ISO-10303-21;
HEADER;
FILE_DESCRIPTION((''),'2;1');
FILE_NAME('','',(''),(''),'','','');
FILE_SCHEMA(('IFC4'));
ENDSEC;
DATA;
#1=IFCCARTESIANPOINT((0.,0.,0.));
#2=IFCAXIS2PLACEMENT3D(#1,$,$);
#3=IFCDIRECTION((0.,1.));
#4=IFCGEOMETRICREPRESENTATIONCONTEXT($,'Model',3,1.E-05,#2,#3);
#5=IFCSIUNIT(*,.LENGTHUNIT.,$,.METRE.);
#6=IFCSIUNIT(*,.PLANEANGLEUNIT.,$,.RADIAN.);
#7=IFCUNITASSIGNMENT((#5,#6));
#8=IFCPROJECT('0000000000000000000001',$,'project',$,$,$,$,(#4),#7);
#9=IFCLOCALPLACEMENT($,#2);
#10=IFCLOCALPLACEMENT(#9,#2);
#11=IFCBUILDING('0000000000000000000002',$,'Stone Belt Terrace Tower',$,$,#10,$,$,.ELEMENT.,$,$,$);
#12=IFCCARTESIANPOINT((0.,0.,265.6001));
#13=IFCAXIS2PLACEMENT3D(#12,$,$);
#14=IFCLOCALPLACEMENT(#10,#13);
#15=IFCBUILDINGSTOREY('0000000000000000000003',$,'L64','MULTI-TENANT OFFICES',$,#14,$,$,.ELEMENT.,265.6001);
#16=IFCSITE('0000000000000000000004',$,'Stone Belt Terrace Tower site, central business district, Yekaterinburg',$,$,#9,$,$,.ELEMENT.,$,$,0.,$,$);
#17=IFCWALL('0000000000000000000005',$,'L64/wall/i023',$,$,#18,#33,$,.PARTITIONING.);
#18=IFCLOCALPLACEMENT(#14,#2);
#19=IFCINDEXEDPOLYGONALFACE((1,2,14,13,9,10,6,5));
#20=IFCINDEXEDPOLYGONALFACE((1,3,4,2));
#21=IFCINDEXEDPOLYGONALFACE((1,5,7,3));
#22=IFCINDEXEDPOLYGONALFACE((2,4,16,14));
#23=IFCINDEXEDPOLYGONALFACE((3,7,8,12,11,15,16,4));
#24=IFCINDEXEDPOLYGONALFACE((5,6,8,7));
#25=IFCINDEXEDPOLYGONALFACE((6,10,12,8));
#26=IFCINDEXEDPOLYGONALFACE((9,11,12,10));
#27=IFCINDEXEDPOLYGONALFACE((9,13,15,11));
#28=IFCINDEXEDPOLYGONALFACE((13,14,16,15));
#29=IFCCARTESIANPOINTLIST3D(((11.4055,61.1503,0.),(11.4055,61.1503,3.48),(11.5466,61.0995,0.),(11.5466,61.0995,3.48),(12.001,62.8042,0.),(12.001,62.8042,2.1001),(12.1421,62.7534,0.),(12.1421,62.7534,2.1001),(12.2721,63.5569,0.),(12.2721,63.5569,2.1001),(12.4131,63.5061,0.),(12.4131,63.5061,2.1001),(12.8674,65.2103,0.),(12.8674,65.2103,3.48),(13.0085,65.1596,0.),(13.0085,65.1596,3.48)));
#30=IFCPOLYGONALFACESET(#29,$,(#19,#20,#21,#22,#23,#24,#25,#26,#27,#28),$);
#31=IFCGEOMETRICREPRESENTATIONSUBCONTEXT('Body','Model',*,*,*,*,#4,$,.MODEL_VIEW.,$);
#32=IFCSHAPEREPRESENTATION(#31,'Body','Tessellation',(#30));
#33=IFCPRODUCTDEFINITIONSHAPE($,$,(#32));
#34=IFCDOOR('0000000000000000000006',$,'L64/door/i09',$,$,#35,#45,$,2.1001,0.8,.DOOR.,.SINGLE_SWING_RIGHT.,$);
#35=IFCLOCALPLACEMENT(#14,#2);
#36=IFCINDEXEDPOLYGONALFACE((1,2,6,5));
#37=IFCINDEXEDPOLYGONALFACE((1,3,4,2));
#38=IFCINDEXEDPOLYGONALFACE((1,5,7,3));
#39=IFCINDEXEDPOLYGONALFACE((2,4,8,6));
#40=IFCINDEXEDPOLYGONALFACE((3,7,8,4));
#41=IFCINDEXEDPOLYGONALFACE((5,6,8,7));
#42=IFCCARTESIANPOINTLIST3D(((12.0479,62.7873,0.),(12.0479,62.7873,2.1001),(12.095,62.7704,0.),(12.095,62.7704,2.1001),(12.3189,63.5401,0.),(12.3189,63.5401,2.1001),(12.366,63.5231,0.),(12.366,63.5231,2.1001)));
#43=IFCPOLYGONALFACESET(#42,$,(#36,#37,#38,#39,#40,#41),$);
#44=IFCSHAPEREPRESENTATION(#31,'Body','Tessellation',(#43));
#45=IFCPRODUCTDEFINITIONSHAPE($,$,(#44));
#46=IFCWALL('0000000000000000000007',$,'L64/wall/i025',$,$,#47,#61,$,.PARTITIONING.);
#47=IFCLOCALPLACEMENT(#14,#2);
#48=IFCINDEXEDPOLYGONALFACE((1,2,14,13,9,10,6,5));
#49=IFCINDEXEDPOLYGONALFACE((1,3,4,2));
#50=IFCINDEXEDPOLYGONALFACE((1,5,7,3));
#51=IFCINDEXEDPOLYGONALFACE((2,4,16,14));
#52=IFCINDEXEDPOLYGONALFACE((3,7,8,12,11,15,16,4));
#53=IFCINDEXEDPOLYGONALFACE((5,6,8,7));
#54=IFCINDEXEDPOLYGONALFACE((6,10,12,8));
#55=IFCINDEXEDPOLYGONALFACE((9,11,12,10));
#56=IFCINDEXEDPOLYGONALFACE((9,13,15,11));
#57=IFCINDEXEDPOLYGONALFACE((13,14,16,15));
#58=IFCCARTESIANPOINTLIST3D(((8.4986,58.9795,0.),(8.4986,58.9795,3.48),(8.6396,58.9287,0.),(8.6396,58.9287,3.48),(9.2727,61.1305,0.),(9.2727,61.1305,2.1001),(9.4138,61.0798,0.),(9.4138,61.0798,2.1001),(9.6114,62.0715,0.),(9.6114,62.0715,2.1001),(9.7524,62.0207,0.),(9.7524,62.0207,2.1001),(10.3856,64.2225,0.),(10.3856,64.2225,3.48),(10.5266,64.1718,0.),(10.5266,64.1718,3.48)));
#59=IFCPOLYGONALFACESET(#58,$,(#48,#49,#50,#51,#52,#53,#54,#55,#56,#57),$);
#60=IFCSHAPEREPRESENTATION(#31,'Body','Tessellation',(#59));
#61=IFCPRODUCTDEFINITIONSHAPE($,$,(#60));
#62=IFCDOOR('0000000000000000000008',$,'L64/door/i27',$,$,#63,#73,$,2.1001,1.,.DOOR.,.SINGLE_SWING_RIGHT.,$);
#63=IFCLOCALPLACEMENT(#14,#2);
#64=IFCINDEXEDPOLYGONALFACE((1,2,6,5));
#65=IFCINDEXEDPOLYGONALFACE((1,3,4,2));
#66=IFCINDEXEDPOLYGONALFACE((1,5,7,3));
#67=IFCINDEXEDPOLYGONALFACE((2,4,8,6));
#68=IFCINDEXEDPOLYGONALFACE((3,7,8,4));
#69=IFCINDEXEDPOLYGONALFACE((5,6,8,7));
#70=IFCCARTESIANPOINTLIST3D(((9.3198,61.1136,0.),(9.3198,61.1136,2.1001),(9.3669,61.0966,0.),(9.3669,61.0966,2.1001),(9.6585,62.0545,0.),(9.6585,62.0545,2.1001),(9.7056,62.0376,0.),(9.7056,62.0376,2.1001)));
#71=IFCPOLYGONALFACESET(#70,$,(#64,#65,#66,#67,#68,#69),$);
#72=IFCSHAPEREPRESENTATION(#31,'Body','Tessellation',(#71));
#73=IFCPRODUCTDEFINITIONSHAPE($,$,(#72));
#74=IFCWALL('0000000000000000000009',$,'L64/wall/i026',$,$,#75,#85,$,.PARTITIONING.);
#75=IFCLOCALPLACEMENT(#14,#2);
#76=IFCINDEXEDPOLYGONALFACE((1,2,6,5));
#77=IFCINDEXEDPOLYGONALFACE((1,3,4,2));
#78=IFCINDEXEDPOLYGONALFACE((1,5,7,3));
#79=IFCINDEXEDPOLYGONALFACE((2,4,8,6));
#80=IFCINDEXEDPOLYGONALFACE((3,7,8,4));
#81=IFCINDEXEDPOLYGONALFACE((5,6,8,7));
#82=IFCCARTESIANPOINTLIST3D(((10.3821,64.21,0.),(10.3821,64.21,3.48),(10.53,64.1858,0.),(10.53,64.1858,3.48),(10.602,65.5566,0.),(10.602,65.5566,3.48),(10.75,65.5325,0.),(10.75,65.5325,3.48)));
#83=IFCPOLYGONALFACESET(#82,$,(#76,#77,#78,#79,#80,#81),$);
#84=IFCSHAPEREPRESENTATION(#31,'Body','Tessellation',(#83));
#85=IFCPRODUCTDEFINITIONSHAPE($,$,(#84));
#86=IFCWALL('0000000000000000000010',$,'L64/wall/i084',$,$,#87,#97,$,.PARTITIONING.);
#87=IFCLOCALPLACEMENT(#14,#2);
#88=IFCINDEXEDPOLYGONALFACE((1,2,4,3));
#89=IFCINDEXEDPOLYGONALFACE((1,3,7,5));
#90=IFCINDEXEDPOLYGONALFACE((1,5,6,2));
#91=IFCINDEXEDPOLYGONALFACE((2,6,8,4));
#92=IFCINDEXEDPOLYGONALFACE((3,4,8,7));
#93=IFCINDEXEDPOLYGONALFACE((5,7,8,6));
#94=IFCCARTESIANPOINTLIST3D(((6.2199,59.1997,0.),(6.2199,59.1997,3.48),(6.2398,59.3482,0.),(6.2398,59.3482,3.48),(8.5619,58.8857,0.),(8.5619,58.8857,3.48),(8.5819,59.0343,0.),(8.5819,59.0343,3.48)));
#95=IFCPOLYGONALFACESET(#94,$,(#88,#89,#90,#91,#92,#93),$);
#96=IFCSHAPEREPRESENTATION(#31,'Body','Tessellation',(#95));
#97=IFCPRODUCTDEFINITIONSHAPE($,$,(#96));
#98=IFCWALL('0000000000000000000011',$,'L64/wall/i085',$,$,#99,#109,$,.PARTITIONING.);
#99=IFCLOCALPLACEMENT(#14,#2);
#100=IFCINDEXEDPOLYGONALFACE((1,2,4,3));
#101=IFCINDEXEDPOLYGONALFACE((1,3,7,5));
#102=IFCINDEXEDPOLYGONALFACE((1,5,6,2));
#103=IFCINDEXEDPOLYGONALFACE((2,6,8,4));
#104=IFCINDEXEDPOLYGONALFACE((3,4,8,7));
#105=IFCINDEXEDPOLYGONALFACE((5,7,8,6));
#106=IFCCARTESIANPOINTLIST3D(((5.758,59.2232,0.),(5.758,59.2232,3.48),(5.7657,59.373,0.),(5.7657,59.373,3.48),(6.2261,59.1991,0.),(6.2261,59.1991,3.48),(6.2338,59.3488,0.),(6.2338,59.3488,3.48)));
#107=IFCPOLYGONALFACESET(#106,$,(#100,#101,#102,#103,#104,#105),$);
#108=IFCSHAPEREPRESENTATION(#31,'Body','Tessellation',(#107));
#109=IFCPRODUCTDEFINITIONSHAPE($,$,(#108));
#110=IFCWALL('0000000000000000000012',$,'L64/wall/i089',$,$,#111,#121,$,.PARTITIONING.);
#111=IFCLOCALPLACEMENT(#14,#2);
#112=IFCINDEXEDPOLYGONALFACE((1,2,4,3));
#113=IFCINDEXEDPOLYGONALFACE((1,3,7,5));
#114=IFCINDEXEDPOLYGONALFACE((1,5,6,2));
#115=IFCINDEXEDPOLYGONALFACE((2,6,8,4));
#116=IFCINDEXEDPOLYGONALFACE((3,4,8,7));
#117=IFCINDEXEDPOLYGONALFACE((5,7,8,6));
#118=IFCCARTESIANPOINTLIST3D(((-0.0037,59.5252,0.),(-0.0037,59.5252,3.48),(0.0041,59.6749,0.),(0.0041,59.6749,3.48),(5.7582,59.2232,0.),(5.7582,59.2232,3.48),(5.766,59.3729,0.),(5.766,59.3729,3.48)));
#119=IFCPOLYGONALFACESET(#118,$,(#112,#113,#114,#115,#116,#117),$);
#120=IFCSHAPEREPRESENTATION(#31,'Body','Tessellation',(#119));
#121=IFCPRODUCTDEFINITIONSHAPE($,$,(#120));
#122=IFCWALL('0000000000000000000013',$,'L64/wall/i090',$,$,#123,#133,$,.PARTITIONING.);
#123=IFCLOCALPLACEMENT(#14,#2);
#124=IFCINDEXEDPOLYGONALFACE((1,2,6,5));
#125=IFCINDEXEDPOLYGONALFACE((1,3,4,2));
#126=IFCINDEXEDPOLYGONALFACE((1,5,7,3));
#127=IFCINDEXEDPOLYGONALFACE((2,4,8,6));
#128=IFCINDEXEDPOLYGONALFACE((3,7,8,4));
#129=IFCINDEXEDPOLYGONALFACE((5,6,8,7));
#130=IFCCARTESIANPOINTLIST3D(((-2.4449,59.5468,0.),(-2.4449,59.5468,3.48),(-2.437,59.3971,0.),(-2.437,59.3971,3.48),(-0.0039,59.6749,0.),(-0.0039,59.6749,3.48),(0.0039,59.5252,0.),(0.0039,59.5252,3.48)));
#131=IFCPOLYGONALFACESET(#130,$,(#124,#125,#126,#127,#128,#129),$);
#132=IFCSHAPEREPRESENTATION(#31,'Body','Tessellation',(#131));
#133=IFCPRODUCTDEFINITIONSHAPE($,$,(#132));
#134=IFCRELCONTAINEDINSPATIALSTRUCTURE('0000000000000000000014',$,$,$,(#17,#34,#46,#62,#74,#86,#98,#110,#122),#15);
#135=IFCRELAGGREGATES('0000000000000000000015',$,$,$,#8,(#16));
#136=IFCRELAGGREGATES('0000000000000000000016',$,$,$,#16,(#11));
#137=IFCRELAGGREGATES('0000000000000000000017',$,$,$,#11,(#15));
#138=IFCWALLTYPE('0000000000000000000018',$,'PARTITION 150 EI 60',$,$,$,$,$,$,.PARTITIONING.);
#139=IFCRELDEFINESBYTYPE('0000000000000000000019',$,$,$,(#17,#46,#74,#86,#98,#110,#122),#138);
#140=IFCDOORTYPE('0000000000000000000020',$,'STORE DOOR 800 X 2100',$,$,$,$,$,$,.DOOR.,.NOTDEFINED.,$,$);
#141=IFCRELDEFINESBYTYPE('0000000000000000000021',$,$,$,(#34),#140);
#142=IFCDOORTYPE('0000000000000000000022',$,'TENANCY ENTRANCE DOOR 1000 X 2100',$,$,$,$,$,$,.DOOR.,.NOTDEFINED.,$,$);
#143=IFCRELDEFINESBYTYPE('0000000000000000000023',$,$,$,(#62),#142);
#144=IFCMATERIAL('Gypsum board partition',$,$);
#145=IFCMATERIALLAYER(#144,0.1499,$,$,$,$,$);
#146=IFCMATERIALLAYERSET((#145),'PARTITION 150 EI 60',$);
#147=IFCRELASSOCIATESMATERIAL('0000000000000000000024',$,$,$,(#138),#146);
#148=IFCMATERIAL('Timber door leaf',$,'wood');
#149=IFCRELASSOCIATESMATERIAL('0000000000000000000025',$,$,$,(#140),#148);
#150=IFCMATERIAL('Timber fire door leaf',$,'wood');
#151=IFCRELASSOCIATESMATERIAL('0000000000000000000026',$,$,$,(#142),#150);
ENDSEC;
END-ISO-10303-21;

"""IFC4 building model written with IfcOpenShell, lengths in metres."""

from ifc_helpers import new_model, si_unit, direction, frame, frame_2d, origin, place, context, subcontext, project, spatial, rectangle, extrude, material, layer, layer_set, type_object, element, fill, save


model = new_model("IFC4")

# Units and contexts
model_context = context("Model", 3, precision=1e-05, world=origin(), true_north=direction((0.0, 1.0)))
body_context = subcontext(model_context, "Body", "Model", "MODEL_VIEW")
ifc_project = project(units=[si_unit("LENGTHUNIT", "METRE"), si_unit("PLANEANGLEUNIT", "RADIAN")], contexts=[model_context])

# Site, building, storey
site_placement = place(None, origin())
site = spatial("IfcSite", under=ifc_project, at=site_placement, Name="Stone Belt Terrace Tower site, central business district, Yekaterinburg", CompositionType="ELEMENT", RefElevation=0.0)
building_placement = place(site_placement, origin())
building = spatial("IfcBuilding", under=site, at=building_placement, Name="Stone Belt Terrace Tower", CompositionType="ELEMENT")
storey_placement = place(building_placement, frame((0.0, 0.0, 265.6001)))
storey = spatial("IfcBuildingStorey", under=building, at=storey_placement, Name="L64", Description="MULTI-TENANT OFFICES", CompositionType="ELEMENT", Elevation=265.6001)

# Shared definitions
ifc_material_1 = material(Name="Gypsum board partition")

# Shared definitions
ifc_material_2 = material(Name="Timber door leaf", Category="wood")

# Walls, openings, doors
ifc_layer_1 = layer(ifc_material_1, 0.1499)
ifc_layer_set_1 = layer_set([ifc_layer_1], Name="PARTITION 150 EI 60")
wall_type_1 = type_object("IfcWallType", Name="PARTITION 150 EI 60", PredefinedType="PARTITIONING", material=ifc_layer_set_1)
wall_1_placement = place(storey_placement, frame((12.938, 65.1851, 0.0), z_axis=(0.0, 0.0, 1.0), x_axis=(-0.33878, -0.940866, 0.0)))
wall_1 = element("IfcWall", 1, at=wall_1_placement, inside=storey, type_object=wall_type_1, Name="L64/wall/i023", PredefinedType="PARTITIONING", context=body_context, shape_type="SweptSolid", body=[
    extrude(rectangle(XDim=4.3152, YDim=0.1499, at=frame_2d((2.1577, 0.0))), origin(), (0.0, 0.0, 1.0), 3.48),
])
opening_1_placement = place(wall_1_placement, frame((1.7576, 0.0, 0.0)))
opening_1 = element("IfcOpeningElement", 2, at=opening_1_placement, cuts=wall_1, PredefinedType="OPENING", context=body_context, shape_type="SweptSolid", body=[
    extrude(rectangle(XDim=0.8, YDim=2.1001, at=frame_2d((0.3999, 1.05))), frame((0.0, 0.085, 0.0), z_axis=(0.0, -1.0, 0.0), x_axis=(1.0, 0.0, 0.0)), (0.0, 0.0, 1.0), 0.1699),
])
door_type_1 = type_object("IfcDoorType", Name="STORE DOOR 800 X 2100", OperationType="NOTDEFINED", PredefinedType="DOOR", material=ifc_material_2)
door_1_placement = place(opening_1_placement, origin())
door_1 = element("IfcDoor", 3, at=door_1_placement, inside=storey, type_object=door_type_1, Name="L64/door/i09", OperationType="SINGLE_SWING_RIGHT", OverallHeight=2.1001, OverallWidth=0.8, PredefinedType="DOOR", context=body_context, shape_type="SweptSolid", body=[
    extrude(rectangle(XDim=0.8, YDim=2.1001, at=frame_2d((0.3999, 1.05))), frame((0.0, 0.0249, 0.0), z_axis=(0.0, -1.0, 0.0), x_axis=(1.0, 0.0, 0.0)), (0.0, 0.0, 1.0), 0.05),
])
fill(opening_1, door_1)
wall_2_placement = place(storey_placement, frame((8.5691, 58.9541, 0.0), z_axis=(0.0, 0.0, 1.0), x_axis=(0.338642, 0.940915, 0.0)))
wall_2 = element("IfcWall", 4, at=wall_2_placement, inside=storey, type_object=wall_type_1, Name="L64/wall/i025", PredefinedType="PARTITIONING", context=body_context, shape_type="SweptSolid", body=[
    extrude(rectangle(XDim=5.5723, YDim=0.1499, at=frame_2d((2.7861, 0.0))), origin(), (0.0, 0.0, 1.0), 3.48),
])
opening_2_placement = place(wall_2_placement, frame((2.2861, 0.0, 0.0)))
opening_2 = element("IfcOpeningElement", 5, at=opening_2_placement, cuts=wall_2, PredefinedType="OPENING", context=body_context, shape_type="SweptSolid", body=[
    extrude(rectangle(XDim=1.0, YDim=2.1001, at=frame_2d((0.5, 1.05))), frame((0.0, 0.085, 0.0), z_axis=(0.0, -1.0, 0.0), x_axis=(1.0, 0.0, 0.0)), (0.0, 0.0, 1.0), 0.1699),
])
ifc_material_3 = material(Name="Timber fire door leaf", Category="wood")
door_type_2 = type_object("IfcDoorType", Name="TENANCY ENTRANCE DOOR 1000 X 2100", OperationType="NOTDEFINED", PredefinedType="DOOR", material=ifc_material_3)
door_2_placement = place(opening_2_placement, origin())
door_2 = element("IfcDoor", 6, at=door_2_placement, inside=storey, type_object=door_type_2, Name="L64/door/i27", OperationType="SINGLE_SWING_RIGHT", OverallHeight=2.1001, OverallWidth=1.0, PredefinedType="DOOR", context=body_context, shape_type="SweptSolid", body=[
    extrude(rectangle(XDim=1.0, YDim=2.1001, at=frame_2d((0.5, 1.05))), frame((0.0, 0.0249, 0.0), z_axis=(0.0, -1.0, 0.0), x_axis=(1.0, 0.0, 0.0)), (0.0, 0.0, 1.0), 0.05),
])
fill(opening_2, door_2)

# Walls
wall_3_placement = place(storey_placement, frame((10.4561, 64.198, 0.0), z_axis=(0.0, 0.0, 1.0), x_axis=(0.161207, 0.986921, 0.0)))
element("IfcWall", 7, at=wall_3_placement, inside=storey, type_object=wall_type_1, Name="L64/wall/i026", PredefinedType="PARTITIONING", context=body_context, shape_type="SweptSolid", body=[
    extrude(rectangle(XDim=1.3645, YDim=0.1499, at=frame_2d((0.6821, 0.0))), origin(), (0.0, 0.0, 1.0), 3.48),
])
wall_4_placement = place(storey_placement, frame((8.572, 58.96, 0.0), z_axis=(0.0, 0.0, 1.0), x_axis=(-0.991134, 0.132868, 0.0)))
element("IfcWall", 8, at=wall_4_placement, inside=storey, type_object=wall_type_1, Name="L64/wall/i084", PredefinedType="PARTITIONING", context=body_context, shape_type="SweptSolid", body=[
    extrude(rectangle(XDim=2.363, YDim=0.1499, at=frame_2d((1.1816, 0.0))), origin(), (0.0, 0.0, 1.0), 3.48),
])
wall_5_placement = place(storey_placement, frame((6.23, 59.2739, 0.0), z_axis=(0.0, 0.0, 1.0), x_axis=(-0.998669, 0.051574, 0.0)))
element("IfcWall", 9, at=wall_5_placement, inside=storey, type_object=wall_type_1, Name="L64/wall/i085", PredefinedType="PARTITIONING", context=body_context, shape_type="SweptSolid", body=[
    extrude(rectangle(XDim=0.4688, YDim=0.1499, at=frame_2d((0.2344, 0.0))), origin(), (0.0, 0.0, 1.0), 3.48),
])
wall_6_placement = place(storey_placement, frame((5.762, 59.2981, 0.0), z_axis=(0.0, 0.0, 1.0), x_axis=(-0.998629, 0.052341, 0.0)))
element("IfcWall", 10, at=wall_6_placement, inside=storey, type_object=wall_type_1, Name="L64/wall/i089", PredefinedType="PARTITIONING", context=body_context, shape_type="SweptSolid", body=[
    extrude(rectangle(XDim=5.7698, YDim=0.1499, at=frame_2d((2.8848, 0.0))), origin(), (0.0, 0.0, 1.0), 3.48),
])
wall_7_placement = place(storey_placement, frame((0.0, 59.6001, 0.0), z_axis=(0.0, 0.0, 1.0), x_axis=(-0.998624, -0.052438, 0.0)))
element("IfcWall", 11, at=wall_7_placement, inside=storey, type_object=wall_type_1, Name="L64/wall/i090", PredefinedType="PARTITIONING", context=body_context, shape_type="SweptSolid", body=[
    extrude(rectangle(XDim=2.4443, YDim=0.1499, at=frame_2d((1.2222, 0.0))), origin(), (0.0, 0.0, 1.0), 3.48),
])

save(model, "model.ifc")
